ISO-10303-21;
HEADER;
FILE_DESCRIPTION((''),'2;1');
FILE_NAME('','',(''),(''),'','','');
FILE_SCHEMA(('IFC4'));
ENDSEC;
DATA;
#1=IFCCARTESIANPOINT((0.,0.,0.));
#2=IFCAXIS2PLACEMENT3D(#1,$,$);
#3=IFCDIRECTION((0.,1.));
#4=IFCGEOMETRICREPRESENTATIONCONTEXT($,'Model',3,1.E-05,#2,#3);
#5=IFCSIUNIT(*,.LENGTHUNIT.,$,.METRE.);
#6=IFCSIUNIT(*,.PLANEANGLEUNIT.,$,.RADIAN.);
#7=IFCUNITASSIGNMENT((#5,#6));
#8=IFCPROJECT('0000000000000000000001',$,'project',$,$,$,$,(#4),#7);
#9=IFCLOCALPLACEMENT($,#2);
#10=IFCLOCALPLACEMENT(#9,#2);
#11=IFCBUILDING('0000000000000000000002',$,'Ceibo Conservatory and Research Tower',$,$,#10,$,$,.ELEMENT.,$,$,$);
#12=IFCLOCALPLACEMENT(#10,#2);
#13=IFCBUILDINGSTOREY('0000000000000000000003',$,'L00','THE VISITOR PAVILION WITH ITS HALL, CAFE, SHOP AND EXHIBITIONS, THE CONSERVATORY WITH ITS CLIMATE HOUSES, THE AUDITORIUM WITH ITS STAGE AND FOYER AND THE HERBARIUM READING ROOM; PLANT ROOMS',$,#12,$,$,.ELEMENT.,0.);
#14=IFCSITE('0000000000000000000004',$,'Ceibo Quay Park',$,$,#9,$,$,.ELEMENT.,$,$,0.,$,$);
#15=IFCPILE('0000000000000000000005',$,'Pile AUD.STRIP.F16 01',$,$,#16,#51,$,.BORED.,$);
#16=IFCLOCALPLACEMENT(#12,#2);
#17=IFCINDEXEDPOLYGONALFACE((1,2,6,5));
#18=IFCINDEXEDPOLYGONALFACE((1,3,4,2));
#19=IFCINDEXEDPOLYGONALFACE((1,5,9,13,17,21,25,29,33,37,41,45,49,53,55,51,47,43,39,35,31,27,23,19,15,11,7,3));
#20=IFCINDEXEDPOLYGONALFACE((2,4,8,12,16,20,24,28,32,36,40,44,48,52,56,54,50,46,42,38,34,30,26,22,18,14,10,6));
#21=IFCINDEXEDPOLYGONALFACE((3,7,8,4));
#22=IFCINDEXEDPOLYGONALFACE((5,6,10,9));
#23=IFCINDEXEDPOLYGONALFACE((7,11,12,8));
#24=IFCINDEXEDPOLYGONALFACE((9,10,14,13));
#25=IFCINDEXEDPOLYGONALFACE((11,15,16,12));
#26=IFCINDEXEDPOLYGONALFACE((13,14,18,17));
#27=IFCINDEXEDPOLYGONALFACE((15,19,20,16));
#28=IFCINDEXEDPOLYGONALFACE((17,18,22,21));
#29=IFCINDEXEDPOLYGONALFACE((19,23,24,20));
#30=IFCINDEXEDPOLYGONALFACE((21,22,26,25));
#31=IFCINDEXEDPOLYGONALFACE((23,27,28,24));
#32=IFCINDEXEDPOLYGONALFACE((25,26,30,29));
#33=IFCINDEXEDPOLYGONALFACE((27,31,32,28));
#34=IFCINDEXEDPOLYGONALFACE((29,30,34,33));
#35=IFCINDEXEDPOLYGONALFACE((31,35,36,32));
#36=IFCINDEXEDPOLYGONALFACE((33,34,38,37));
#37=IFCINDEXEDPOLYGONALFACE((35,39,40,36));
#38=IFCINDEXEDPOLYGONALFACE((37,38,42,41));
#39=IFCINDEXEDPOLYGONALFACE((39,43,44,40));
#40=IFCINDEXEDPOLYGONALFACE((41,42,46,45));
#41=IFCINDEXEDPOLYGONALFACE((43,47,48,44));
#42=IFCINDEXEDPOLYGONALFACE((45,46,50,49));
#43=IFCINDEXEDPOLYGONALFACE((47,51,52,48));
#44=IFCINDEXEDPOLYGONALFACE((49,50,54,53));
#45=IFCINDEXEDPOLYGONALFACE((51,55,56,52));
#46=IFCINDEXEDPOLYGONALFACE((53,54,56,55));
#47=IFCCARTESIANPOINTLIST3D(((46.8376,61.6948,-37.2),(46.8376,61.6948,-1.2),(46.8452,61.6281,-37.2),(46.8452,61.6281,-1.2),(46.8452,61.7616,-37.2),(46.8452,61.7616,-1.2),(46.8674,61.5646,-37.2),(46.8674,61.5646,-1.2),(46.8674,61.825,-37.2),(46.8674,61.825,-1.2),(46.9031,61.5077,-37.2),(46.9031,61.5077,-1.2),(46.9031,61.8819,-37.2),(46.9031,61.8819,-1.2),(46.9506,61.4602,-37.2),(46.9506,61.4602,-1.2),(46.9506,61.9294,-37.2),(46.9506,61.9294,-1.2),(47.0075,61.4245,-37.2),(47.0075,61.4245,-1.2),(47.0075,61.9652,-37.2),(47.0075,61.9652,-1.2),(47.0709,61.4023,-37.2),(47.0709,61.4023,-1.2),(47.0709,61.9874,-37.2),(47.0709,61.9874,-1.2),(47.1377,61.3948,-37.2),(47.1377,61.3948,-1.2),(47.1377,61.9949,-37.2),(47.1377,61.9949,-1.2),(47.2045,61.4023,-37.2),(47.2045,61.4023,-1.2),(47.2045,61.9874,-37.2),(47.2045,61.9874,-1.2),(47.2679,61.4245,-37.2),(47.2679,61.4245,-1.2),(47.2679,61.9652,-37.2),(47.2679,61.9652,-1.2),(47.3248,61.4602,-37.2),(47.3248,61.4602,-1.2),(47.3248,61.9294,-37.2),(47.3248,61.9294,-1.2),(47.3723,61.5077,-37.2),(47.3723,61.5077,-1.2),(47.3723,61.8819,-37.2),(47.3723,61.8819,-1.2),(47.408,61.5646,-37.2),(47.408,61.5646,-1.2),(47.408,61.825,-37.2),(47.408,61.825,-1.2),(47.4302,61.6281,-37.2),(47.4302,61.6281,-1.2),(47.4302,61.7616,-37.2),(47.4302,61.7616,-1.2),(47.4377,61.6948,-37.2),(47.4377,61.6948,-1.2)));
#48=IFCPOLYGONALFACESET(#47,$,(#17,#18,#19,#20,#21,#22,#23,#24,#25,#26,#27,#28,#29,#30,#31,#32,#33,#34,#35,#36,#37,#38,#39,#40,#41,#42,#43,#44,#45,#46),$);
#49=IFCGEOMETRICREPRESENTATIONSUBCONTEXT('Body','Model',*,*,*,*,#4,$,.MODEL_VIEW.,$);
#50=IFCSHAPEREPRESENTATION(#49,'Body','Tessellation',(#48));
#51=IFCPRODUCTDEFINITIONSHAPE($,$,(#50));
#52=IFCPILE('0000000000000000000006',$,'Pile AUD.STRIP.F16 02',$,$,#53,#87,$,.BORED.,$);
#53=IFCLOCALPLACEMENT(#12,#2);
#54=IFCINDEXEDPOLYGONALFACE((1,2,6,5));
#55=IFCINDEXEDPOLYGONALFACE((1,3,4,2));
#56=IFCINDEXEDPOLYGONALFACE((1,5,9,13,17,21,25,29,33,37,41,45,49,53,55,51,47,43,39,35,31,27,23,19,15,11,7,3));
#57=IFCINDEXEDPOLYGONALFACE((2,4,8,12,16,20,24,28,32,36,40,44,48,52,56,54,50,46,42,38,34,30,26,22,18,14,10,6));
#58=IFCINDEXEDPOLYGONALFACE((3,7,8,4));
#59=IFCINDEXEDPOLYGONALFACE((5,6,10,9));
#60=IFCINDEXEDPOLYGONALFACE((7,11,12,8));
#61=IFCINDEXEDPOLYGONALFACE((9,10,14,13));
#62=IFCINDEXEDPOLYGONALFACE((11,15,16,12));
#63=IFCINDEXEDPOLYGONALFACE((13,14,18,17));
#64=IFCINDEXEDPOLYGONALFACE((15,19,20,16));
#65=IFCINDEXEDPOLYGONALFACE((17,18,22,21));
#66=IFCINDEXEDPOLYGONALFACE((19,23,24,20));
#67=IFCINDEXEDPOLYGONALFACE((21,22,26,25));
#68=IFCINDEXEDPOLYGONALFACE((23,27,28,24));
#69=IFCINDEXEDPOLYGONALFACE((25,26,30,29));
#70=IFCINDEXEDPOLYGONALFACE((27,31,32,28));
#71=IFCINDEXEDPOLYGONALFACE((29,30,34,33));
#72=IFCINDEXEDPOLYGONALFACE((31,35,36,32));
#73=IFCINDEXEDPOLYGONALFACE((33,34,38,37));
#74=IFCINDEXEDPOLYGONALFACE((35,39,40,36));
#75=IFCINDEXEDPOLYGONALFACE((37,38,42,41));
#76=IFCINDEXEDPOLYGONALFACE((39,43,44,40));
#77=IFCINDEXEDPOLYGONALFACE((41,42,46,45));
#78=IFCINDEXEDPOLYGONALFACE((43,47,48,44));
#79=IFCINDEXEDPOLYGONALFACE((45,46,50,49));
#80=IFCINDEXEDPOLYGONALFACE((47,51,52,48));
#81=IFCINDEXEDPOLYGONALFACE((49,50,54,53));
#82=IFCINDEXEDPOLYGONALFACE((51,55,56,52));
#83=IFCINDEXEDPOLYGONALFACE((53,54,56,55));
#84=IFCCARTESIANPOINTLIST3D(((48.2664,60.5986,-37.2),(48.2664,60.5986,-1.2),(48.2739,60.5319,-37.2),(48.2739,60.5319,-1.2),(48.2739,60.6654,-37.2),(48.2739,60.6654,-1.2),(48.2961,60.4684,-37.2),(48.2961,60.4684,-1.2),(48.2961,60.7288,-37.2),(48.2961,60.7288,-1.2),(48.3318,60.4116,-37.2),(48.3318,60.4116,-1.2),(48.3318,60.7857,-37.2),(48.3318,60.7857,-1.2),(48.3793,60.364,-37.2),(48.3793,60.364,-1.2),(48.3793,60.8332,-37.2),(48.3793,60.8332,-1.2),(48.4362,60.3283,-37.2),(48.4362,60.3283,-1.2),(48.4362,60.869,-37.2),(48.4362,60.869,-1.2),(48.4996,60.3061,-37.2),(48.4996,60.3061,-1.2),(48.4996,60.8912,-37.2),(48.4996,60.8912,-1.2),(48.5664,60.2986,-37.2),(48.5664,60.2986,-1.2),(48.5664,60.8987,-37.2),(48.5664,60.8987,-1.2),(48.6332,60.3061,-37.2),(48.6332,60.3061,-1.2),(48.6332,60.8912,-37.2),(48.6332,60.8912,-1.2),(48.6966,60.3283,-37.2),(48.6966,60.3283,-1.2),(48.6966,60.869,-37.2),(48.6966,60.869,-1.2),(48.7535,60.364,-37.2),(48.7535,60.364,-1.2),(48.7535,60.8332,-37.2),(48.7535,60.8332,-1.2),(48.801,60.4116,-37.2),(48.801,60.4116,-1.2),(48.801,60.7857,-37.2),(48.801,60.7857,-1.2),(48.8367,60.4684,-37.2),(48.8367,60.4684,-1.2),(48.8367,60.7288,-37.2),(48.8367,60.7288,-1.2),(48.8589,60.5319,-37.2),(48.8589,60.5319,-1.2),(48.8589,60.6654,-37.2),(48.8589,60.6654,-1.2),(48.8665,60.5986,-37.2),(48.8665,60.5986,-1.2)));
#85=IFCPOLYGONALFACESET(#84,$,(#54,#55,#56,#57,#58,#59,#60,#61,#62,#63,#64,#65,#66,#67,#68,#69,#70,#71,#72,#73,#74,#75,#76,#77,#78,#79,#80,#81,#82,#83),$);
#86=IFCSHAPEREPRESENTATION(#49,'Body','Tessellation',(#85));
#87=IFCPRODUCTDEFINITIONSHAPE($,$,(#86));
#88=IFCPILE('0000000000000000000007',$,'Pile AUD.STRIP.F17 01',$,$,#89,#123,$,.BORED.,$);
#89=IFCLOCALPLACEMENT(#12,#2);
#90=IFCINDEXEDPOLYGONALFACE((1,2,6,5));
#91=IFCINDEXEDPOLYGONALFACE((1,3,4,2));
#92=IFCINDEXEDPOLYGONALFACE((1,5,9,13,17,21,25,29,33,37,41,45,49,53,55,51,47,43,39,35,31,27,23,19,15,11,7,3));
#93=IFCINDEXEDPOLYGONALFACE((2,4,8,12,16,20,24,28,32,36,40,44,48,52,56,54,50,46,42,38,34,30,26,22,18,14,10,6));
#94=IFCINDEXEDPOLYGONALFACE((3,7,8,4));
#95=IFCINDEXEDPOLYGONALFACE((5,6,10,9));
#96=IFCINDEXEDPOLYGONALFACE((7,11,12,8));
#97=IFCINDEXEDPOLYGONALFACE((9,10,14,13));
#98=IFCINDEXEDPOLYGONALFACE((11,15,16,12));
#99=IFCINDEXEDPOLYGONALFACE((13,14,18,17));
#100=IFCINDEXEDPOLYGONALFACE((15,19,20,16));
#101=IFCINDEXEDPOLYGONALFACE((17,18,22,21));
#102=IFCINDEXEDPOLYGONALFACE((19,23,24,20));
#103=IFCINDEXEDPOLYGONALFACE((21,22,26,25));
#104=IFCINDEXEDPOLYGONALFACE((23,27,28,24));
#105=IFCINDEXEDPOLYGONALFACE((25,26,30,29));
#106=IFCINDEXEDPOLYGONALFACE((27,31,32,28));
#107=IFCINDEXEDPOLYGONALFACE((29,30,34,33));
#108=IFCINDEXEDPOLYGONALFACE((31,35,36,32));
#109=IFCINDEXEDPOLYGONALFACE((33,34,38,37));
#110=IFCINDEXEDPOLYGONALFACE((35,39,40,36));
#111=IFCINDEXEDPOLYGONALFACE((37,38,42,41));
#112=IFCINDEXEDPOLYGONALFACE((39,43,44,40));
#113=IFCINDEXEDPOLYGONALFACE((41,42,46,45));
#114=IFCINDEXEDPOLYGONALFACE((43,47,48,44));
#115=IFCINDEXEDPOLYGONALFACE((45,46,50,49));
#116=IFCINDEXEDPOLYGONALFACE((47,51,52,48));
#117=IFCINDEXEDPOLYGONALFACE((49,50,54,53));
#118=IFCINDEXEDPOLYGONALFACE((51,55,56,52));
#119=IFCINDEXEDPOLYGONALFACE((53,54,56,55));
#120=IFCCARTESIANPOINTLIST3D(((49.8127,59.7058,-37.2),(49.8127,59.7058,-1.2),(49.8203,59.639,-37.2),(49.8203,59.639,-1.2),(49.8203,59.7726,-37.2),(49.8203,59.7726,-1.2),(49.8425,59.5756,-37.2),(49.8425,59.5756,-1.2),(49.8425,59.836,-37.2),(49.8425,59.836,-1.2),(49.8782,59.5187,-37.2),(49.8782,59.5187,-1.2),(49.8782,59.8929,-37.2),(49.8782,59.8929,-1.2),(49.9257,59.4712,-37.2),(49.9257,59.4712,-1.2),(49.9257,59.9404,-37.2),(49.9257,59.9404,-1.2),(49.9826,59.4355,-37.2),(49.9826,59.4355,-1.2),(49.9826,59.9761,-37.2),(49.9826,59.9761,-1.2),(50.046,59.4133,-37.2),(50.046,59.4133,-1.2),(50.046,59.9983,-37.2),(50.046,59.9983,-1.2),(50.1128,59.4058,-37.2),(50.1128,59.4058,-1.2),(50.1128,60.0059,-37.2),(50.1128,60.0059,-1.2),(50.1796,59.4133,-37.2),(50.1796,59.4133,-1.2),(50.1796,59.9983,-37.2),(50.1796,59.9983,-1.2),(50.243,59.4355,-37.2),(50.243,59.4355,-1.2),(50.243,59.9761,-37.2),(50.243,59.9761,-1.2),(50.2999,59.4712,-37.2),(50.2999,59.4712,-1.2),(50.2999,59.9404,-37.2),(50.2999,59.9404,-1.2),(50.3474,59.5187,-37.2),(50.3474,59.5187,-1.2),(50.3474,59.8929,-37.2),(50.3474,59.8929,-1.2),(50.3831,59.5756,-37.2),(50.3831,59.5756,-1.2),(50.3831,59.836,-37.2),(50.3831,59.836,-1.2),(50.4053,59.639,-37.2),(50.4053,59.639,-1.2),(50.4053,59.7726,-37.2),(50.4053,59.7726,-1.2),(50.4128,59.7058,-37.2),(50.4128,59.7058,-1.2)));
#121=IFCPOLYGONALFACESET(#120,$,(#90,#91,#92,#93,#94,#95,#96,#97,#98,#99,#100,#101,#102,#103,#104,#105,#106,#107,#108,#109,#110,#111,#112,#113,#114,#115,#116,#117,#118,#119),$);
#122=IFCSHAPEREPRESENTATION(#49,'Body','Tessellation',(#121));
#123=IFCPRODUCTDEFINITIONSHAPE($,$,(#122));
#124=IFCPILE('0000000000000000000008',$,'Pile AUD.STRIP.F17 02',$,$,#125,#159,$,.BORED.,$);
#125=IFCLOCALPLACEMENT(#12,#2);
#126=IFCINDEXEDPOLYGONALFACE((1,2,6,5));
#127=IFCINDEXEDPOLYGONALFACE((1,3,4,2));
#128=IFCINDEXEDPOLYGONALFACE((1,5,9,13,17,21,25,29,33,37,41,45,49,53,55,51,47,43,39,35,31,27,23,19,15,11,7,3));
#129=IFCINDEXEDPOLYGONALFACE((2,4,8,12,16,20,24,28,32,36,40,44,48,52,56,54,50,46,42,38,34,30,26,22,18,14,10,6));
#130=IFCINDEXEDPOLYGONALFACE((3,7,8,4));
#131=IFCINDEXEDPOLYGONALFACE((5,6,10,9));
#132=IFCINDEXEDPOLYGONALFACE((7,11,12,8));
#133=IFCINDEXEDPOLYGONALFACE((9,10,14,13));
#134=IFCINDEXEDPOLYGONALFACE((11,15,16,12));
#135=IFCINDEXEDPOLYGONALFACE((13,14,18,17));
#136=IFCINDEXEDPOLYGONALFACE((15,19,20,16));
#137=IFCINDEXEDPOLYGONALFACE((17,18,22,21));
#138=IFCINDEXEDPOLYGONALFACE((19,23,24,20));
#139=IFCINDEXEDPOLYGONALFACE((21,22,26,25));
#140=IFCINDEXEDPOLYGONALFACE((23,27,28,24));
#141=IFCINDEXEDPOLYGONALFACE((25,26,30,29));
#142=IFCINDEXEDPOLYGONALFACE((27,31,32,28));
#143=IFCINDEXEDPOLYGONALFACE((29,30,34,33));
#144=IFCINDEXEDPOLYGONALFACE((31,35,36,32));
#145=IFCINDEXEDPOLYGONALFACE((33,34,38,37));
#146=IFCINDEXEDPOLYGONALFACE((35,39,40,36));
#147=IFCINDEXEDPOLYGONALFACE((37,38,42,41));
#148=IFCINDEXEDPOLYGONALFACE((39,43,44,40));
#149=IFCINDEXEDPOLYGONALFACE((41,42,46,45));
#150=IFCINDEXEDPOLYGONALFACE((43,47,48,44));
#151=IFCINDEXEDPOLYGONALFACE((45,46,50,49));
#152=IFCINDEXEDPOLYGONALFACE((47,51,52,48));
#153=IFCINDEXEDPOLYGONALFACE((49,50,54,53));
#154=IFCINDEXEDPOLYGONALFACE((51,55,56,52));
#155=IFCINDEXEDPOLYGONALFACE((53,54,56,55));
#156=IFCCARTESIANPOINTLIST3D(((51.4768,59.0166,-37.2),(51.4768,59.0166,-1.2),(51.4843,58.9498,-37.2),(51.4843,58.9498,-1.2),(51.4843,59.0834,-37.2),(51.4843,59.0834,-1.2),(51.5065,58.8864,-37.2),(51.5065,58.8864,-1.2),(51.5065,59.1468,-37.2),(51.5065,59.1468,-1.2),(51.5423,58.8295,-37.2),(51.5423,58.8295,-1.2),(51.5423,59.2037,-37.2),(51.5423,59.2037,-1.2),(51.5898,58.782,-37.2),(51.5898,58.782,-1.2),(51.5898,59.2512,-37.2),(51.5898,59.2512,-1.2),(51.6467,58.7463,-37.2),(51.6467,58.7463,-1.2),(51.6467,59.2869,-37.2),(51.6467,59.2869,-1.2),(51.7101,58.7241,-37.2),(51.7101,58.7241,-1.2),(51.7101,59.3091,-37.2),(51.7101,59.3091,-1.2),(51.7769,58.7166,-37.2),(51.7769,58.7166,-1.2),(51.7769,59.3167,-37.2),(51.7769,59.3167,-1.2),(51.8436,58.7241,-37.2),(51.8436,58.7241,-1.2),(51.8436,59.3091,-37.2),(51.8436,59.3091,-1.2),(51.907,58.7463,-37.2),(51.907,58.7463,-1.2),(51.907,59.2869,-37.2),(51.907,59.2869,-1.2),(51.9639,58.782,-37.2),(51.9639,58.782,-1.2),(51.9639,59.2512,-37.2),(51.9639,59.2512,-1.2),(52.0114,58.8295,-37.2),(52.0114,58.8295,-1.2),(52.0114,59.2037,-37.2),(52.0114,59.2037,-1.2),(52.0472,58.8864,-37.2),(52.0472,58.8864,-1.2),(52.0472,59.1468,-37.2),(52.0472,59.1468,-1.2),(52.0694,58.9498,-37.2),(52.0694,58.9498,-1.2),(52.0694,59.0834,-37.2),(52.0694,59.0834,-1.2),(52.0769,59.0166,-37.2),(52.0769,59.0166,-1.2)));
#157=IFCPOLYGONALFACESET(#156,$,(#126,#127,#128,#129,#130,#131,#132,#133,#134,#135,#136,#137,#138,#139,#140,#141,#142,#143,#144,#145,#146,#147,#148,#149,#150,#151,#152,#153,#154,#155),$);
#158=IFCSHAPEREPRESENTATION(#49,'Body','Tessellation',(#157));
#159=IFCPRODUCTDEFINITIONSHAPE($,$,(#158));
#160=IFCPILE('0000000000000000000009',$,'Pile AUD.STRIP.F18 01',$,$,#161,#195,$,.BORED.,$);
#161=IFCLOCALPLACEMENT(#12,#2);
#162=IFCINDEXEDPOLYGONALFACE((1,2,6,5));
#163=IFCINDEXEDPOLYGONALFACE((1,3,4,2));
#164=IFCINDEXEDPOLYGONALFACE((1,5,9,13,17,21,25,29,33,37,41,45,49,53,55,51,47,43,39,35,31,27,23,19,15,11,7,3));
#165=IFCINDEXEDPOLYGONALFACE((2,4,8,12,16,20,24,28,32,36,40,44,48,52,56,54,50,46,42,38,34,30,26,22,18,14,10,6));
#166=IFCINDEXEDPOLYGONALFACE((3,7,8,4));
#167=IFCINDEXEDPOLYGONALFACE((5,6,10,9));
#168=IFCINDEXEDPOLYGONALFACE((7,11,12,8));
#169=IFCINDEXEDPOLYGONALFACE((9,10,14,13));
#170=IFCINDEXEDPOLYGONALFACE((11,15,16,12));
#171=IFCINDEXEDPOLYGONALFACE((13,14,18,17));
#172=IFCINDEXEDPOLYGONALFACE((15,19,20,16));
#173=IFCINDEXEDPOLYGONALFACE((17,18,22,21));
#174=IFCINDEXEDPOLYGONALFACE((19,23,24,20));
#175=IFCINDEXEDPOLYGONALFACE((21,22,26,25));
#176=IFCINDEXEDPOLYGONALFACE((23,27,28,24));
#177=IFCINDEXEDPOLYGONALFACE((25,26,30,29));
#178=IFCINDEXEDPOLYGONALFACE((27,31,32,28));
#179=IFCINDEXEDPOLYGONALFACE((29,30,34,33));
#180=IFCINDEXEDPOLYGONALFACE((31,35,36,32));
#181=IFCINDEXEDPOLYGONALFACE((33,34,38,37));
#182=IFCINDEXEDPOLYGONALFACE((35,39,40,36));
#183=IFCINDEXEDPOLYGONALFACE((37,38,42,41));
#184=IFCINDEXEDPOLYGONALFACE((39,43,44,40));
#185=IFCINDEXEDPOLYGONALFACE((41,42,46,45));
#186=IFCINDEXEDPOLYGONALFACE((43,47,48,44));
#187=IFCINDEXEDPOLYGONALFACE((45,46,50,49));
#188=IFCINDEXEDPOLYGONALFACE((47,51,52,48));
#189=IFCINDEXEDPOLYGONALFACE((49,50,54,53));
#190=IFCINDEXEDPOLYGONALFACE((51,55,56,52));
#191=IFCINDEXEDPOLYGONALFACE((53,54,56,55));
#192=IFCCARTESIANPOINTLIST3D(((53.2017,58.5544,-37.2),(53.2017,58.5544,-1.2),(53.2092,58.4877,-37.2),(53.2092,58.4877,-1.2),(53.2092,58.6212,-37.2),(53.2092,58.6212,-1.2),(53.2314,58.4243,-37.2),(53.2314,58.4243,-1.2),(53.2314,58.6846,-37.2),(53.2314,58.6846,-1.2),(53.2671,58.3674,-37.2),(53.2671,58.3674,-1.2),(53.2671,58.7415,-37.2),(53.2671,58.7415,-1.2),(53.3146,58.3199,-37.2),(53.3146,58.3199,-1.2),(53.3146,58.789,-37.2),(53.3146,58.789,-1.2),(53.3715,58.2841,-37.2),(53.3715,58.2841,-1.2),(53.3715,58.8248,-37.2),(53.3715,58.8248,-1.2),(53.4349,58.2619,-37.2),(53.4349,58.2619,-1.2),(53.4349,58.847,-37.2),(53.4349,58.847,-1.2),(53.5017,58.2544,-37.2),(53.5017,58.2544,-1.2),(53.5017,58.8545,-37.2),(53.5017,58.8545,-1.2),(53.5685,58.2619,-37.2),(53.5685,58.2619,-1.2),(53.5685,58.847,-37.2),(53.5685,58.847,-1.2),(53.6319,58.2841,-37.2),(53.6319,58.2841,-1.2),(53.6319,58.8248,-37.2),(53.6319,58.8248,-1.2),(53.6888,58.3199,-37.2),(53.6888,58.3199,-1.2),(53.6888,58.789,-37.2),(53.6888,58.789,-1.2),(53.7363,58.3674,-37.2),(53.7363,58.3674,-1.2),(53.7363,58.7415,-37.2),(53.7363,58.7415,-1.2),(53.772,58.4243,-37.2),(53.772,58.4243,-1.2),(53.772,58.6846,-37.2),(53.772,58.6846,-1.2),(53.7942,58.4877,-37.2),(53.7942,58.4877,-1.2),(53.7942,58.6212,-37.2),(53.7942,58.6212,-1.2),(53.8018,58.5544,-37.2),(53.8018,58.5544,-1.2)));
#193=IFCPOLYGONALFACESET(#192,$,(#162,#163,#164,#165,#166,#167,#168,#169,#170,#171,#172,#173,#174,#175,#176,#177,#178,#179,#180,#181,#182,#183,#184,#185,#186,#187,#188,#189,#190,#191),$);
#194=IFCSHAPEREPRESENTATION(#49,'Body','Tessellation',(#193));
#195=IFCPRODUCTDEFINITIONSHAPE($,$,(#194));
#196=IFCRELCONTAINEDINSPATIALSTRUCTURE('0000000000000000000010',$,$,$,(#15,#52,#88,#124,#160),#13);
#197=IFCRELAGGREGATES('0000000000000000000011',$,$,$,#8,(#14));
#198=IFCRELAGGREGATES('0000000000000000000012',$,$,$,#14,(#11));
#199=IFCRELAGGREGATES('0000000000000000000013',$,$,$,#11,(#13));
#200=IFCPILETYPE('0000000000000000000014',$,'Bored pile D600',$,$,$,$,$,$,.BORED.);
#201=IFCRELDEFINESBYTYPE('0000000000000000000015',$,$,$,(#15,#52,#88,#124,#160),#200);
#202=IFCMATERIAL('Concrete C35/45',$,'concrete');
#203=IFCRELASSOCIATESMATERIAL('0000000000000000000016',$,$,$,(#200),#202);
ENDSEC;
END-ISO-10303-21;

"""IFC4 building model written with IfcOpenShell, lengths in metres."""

from ifc_helpers import new_model, si_unit, direction, frame, origin, origin_2d, place, context, subcontext, project, spatial, circle, extrude, material, material_profile, profile_set, type_object, element, save


model = new_model("IFC4")

# Units and contexts
model_context = context("Model", 3, precision=1e-05, world=origin(), true_north=direction((0.0, 1.0)))
body_context = subcontext(model_context, "Body", "Model", "MODEL_VIEW")
ifc_project = project(units=[si_unit("LENGTHUNIT", "METRE"), si_unit("PLANEANGLEUNIT", "RADIAN")], contexts=[model_context])

# Site, building, storey
site_placement = place(None, origin())
site = spatial("IfcSite", under=ifc_project, at=site_placement, Name="Ceibo Quay Park", CompositionType="ELEMENT", RefElevation=0.0)
building_placement = place(site_placement, origin())
building = spatial("IfcBuilding", under=site, at=building_placement, Name="Ceibo Conservatory and Research Tower", CompositionType="ELEMENT")
storey_placement = place(building_placement, origin())
storey = spatial("IfcBuildingStorey", under=building, at=storey_placement, Name="L00", Description="THE VISITOR PAVILION WITH ITS HALL, CAFE, SHOP AND EXHIBITIONS, THE CONSERVATORY WITH ITS CLIMATE HOUSES, THE AUDITORIUM WITH ITS STAGE AND FOYER AND THE HERBARIUM READING ROOM; PLANT ROOMS", CompositionType="ELEMENT", Elevation=0.0)

# Piles
ifc_material_1 = material(Name="Concrete C35/45", Category="concrete")
ifc_material_profile = material_profile(ifc_material_1, circle(Radius=0.3, at=origin_2d()), Name="RC D600")
ifc_profile_set = profile_set([ifc_material_profile], Name="Concrete C35/45")
pile_type = type_object("IfcPileType", Name="Bored pile D600", PredefinedType="BORED", material=ifc_profile_set)
for number, where, z_axis, x_axis, name in (
    (1, (47.1377, 61.6948, -1.2), (0.0, 0.0, -1.0), (1.0, 0.0, 0.0), "Pile AUD.STRIP.F16 01"),
    (2, (48.5664, 60.5986, -1.2), (0.0, 0.0, -1.0), (1.0, 0.0, 0.0), "Pile AUD.STRIP.F16 02"),
    (3, (50.1128, 59.7058, -1.2), (0.0, 0.0, -1.0), (1.0, 0.0, 0.0), "Pile AUD.STRIP.F17 01"),
    (4, (51.7769, 59.0166, -1.2), (0.0, 0.0, -1.0), (1.0, 0.0, 0.0), "Pile AUD.STRIP.F17 02"),
    (5, (53.5017, 58.5544, -1.2), (0.0, 0.0, -1.0), (1.0, 0.0, 0.0), "Pile AUD.STRIP.F18 01"),
):
    element("IfcPile", number, at=place(storey_placement, frame(where, z_axis=z_axis, x_axis=x_axis)), inside=storey, type_object=pile_type, Name=name, PredefinedType="BORED", context=body_context, shape_type="SweptSolid", body=[
        extrude(circle(Radius=0.3, at=origin_2d()), origin(), (0.0, 0.0, 1.0), 36.0),
    ])

save(model, "model.ifc")
